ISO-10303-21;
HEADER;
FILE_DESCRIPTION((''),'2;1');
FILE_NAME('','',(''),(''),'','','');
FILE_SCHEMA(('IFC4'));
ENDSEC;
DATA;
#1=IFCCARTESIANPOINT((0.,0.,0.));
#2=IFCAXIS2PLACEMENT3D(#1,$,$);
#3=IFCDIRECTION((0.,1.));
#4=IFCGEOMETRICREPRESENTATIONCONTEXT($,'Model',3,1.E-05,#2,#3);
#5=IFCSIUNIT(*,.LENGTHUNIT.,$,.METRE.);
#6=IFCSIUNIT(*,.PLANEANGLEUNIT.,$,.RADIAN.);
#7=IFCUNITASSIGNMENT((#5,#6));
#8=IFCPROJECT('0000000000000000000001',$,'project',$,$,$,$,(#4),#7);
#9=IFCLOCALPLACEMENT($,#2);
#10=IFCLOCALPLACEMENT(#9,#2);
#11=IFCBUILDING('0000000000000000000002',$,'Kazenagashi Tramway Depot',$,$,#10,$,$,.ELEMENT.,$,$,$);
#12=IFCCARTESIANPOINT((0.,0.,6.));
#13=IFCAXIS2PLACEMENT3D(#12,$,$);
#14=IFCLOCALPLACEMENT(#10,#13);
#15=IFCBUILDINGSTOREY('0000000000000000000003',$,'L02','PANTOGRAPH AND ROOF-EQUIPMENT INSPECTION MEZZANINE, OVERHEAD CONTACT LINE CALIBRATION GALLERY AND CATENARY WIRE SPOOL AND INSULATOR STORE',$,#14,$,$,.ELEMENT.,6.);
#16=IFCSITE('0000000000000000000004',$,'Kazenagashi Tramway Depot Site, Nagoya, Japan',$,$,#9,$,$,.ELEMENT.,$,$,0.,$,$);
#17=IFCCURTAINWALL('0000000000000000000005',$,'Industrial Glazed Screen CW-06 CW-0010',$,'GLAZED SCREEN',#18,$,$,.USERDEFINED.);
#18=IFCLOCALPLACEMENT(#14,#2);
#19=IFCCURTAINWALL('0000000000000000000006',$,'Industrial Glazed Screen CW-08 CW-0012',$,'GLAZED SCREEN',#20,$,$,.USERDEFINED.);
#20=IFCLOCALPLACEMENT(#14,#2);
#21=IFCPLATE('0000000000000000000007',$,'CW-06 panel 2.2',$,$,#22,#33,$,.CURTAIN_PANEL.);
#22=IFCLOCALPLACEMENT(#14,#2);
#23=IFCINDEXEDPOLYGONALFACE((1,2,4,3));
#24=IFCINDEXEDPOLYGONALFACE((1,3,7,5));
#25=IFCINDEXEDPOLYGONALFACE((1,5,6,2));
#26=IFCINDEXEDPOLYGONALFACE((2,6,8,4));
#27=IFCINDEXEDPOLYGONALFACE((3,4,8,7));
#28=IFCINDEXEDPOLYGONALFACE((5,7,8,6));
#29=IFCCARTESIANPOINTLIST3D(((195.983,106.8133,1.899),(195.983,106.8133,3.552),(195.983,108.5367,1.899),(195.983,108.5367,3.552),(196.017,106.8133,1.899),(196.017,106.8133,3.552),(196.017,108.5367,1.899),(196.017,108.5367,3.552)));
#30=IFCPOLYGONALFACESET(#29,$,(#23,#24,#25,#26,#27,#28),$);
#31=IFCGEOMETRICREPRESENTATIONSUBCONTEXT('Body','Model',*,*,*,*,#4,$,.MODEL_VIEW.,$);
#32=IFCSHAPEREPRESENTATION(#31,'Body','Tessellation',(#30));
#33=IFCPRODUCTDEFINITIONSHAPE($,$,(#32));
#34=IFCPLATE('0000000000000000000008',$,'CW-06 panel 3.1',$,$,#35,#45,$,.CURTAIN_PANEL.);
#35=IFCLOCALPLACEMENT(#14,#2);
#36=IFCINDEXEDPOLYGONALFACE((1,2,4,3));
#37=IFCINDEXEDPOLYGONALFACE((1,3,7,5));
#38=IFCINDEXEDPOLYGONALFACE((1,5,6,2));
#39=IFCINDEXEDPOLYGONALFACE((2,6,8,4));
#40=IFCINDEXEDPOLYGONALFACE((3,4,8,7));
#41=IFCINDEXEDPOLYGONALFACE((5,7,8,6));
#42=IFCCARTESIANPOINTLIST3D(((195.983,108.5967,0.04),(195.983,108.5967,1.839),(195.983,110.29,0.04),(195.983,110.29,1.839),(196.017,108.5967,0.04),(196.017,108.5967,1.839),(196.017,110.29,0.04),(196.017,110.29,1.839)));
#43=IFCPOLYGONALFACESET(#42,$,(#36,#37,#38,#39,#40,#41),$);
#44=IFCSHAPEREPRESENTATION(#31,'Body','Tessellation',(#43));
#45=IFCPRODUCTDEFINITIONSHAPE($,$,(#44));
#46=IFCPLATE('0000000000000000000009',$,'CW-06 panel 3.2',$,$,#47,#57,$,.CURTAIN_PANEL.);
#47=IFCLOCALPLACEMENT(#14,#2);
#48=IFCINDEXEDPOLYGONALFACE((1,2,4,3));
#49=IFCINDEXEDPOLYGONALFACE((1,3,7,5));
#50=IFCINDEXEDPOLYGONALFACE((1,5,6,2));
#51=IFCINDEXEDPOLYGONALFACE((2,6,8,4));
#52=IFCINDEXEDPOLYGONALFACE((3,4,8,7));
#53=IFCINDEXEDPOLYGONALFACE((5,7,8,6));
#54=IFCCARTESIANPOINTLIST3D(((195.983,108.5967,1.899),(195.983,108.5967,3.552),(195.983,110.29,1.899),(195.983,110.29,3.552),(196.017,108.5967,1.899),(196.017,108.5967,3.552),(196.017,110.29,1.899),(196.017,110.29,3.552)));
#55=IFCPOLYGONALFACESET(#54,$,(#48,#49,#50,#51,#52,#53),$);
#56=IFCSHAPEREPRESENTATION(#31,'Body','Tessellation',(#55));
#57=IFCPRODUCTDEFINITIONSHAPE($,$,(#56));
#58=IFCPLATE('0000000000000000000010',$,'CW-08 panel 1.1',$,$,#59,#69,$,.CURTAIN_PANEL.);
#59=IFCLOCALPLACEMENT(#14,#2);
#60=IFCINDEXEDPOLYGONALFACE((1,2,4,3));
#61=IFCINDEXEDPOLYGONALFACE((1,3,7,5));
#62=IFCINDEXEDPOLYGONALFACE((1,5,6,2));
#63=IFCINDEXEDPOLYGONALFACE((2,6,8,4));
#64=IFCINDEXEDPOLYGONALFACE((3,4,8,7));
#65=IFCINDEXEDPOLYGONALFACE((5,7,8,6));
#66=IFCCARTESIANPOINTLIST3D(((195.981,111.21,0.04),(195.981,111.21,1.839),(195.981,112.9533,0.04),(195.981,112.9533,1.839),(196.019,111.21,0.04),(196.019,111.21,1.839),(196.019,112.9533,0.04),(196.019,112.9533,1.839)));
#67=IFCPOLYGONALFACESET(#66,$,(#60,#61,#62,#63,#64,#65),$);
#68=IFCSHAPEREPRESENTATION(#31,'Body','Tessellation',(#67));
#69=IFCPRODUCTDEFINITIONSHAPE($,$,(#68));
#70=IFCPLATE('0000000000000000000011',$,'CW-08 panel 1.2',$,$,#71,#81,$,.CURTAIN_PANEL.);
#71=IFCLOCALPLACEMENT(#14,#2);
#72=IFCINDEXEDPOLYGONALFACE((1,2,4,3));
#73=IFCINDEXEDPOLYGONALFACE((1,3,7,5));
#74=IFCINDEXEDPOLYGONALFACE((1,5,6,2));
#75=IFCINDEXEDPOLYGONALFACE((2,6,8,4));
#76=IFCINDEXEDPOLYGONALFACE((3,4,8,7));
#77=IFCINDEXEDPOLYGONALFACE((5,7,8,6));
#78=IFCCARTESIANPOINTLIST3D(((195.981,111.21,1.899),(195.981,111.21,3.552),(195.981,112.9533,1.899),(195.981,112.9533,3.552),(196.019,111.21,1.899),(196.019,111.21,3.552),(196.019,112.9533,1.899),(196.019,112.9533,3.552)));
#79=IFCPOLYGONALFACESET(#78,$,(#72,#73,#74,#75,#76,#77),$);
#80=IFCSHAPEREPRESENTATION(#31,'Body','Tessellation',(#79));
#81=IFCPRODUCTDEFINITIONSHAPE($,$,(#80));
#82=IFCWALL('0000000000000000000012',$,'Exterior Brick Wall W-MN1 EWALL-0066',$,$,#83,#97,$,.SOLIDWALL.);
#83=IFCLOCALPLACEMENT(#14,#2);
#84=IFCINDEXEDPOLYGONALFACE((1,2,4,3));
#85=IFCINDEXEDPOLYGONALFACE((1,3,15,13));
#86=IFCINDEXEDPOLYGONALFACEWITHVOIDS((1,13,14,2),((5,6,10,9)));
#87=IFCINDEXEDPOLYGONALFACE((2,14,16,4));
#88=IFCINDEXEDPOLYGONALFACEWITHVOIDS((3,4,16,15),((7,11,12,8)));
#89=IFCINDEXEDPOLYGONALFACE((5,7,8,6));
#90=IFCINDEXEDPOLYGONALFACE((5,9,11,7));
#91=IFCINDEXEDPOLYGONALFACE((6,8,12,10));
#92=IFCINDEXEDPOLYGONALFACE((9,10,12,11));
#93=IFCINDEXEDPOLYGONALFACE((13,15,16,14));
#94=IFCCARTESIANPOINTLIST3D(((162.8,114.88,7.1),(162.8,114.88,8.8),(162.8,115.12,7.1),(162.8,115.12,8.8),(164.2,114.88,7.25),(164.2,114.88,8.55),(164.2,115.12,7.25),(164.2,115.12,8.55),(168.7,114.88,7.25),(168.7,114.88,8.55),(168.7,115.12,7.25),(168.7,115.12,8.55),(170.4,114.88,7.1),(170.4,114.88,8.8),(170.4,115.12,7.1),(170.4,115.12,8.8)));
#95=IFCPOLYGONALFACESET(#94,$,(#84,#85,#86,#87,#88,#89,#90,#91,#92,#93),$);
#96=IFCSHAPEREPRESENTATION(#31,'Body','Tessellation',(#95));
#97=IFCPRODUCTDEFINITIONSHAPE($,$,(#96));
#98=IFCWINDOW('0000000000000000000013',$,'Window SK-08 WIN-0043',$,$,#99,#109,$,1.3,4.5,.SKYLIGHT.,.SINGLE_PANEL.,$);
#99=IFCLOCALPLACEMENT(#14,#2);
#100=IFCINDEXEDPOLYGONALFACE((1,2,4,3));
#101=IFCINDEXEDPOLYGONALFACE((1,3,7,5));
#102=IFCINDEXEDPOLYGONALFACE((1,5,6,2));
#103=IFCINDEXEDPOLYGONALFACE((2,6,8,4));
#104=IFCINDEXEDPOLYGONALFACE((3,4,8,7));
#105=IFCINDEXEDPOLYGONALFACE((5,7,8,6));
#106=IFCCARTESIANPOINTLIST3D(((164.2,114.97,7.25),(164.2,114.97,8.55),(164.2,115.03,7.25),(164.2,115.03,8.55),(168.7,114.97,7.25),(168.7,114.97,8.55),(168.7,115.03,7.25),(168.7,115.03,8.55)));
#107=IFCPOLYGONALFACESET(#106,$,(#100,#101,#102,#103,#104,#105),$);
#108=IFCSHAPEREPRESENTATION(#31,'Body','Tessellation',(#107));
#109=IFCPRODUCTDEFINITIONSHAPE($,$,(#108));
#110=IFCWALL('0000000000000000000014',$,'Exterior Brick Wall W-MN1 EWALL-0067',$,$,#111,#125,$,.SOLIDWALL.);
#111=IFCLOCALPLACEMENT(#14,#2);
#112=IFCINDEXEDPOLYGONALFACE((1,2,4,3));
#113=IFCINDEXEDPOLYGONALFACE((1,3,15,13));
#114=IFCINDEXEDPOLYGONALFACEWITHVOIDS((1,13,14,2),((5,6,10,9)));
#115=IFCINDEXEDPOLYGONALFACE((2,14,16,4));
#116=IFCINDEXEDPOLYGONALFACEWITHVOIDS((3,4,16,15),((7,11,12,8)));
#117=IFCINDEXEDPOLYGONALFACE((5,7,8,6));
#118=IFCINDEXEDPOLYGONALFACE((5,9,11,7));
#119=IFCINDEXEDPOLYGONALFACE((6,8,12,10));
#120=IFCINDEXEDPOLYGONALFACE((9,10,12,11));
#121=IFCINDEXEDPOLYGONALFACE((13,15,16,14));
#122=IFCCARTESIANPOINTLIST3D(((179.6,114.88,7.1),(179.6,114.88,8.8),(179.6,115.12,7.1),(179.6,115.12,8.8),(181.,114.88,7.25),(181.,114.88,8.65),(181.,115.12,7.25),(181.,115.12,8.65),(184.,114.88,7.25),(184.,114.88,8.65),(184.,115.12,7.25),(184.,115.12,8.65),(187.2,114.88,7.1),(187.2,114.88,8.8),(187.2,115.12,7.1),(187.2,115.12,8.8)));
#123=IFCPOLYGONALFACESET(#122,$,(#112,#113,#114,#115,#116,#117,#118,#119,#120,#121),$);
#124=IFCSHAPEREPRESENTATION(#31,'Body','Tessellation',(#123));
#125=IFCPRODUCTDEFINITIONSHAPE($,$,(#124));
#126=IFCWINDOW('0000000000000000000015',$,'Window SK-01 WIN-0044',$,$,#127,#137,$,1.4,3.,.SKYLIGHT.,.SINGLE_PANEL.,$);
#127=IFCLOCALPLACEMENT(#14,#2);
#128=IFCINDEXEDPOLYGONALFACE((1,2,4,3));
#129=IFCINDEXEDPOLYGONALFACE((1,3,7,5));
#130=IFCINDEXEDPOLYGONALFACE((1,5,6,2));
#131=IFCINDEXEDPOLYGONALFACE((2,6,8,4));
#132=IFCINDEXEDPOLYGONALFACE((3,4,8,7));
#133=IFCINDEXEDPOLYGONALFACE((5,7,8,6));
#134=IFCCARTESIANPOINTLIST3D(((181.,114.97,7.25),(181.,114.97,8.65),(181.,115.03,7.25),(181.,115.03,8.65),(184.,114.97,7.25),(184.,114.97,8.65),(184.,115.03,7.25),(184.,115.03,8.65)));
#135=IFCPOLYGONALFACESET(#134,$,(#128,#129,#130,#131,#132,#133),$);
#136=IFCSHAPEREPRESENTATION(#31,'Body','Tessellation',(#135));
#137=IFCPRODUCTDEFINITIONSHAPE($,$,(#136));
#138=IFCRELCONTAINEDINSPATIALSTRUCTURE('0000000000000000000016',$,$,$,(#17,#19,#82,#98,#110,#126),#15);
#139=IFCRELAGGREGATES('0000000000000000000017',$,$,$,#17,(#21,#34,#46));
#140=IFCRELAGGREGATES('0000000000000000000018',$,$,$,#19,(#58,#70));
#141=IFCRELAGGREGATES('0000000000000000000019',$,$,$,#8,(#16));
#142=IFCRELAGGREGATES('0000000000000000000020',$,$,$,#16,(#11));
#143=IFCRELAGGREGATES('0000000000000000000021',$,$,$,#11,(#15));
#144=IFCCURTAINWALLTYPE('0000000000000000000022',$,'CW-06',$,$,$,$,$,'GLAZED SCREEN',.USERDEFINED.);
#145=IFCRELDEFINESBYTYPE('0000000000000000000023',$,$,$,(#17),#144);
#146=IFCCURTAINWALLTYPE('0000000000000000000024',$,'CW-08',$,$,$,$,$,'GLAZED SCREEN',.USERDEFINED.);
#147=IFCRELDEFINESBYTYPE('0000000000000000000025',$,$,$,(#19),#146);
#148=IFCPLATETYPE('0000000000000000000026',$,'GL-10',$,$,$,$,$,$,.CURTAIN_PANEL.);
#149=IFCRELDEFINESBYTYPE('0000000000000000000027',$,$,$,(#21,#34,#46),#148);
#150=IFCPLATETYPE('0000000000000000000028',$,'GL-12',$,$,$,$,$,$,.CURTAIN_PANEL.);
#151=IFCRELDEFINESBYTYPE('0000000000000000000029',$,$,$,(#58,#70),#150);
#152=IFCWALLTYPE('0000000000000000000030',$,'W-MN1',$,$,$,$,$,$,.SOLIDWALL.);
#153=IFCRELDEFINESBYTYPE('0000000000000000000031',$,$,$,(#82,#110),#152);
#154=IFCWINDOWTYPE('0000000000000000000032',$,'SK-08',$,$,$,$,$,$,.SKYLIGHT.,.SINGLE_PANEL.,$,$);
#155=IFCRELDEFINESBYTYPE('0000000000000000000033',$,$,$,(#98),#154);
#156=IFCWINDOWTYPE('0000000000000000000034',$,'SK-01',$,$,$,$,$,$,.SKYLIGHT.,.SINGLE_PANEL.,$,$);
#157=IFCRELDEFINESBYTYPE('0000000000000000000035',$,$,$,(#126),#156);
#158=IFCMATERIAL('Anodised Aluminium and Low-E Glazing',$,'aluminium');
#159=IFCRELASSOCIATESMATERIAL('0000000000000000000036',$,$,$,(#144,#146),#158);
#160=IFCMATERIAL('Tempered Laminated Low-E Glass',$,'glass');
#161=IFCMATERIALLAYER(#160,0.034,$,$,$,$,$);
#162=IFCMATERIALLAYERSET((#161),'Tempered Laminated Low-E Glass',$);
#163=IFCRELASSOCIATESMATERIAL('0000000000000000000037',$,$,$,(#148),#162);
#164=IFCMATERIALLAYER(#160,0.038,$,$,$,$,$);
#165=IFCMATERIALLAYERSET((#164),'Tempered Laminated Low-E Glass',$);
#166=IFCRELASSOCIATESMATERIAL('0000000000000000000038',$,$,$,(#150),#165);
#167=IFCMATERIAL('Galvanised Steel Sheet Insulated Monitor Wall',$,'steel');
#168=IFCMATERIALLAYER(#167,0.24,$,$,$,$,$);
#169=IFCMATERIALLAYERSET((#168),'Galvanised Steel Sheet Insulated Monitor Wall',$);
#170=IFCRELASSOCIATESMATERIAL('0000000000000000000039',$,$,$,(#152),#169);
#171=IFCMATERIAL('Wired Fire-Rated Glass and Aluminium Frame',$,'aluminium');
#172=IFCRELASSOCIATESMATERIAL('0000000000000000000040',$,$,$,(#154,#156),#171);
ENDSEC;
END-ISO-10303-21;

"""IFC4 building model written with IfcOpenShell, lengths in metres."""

from ifc_helpers import new_model, si_unit, direction, frame, frame_2d, origin, origin_2d, place, context, subcontext, project, spatial, rectangle, extrude, material, layer, layer_set, type_object, element, fill, aggregate, save


model = new_model("IFC4")

# Units and contexts
model_context = context("Model", 3, precision=1e-05, world=origin(), true_north=direction((0.0, 1.0)))
body_context = subcontext(model_context, "Body", "Model", "MODEL_VIEW")
ifc_project = project(units=[si_unit("LENGTHUNIT", "METRE"), si_unit("PLANEANGLEUNIT", "RADIAN")], contexts=[model_context])

# Site, building, storey
site_placement = place(None, origin())
site = spatial("IfcSite", under=ifc_project, at=site_placement, Name="Kazenagashi Tramway Depot Site, Nagoya, Japan", CompositionType="ELEMENT", RefElevation=0.0)
building_placement = place(site_placement, origin())
building = spatial("IfcBuilding", under=site, at=building_placement, Name="Kazenagashi Tramway Depot", CompositionType="ELEMENT")
storey_placement = place(building_placement, frame((0.0, 0.0, 6.0)))
storey = spatial("IfcBuildingStorey", under=building, at=storey_placement, Name="L02", Description="PANTOGRAPH AND ROOF-EQUIPMENT INSPECTION MEZZANINE, OVERHEAD CONTACT LINE CALIBRATION GALLERY AND CATENARY WIRE SPOOL AND INSULATOR STORE", CompositionType="ELEMENT", Elevation=6.0)

# Curtain walls
ifc_material_1 = material(Name="Anodised Aluminium and Low-E Glazing", Category="aluminium")
curtain_wall_type_1 = type_object("IfcCurtainWallType", Name="CW-06", ElementType="GLAZED SCREEN", PredefinedType="USERDEFINED", material=ifc_material_1)
curtain_wall_1_placement = place(storey_placement, origin())
curtain_wall_1 = element("IfcCurtainWall", 1, at=curtain_wall_1_placement, inside=storey, type_object=curtain_wall_type_1, Name="Industrial Glazed Screen CW-06 CW-0010", ObjectType="GLAZED SCREEN", PredefinedType="USERDEFINED")
curtain_wall_type_2 = type_object("IfcCurtainWallType", Name="CW-08", ElementType="GLAZED SCREEN", PredefinedType="USERDEFINED", material=ifc_material_1)
curtain_wall_2_placement = place(storey_placement, origin())
curtain_wall_2 = element("IfcCurtainWall", 2, at=curtain_wall_2_placement, inside=storey, type_object=curtain_wall_type_2, Name="Industrial Glazed Screen CW-08 CW-0012", ObjectType="GLAZED SCREEN", PredefinedType="USERDEFINED")

# Plates
ifc_material_2 = material(Name="Tempered Laminated Low-E Glass", Category="glass")
ifc_layer_1 = layer(ifc_material_2, 0.034)
ifc_layer_set_1 = layer_set([ifc_layer_1], Name="Tempered Laminated Low-E Glass")
plate_type_1 = type_object("IfcPlateType", Name="GL-10", PredefinedType="CURTAIN_PANEL", material=ifc_layer_set_1)
plate_1_placement = place(storey_placement, frame((196.0, 107.675, 1.899), z_axis=(0.0, 0.0, 1.0), x_axis=(0.0, 1.0, 0.0)))
plate_1 = element("IfcPlate", 3, at=plate_1_placement, type_object=plate_type_1, Name="CW-06 panel 2.2", PredefinedType="CURTAIN_PANEL", context=body_context, shape_type="SweptSolid", body=[
    extrude(rectangle(XDim=1.7233, YDim=0.034, at=origin_2d()), origin(), (0.0, 0.0, 1.0), 1.653),
])
plate_2_placement = place(storey_placement, frame((196.0, 109.4433, 0.04), z_axis=(0.0, 0.0, 1.0), x_axis=(0.0, 1.0, 0.0)))
plate_2 = element("IfcPlate", 4, at=plate_2_placement, type_object=plate_type_1, Name="CW-06 panel 3.1", PredefinedType="CURTAIN_PANEL", context=body_context, shape_type="SweptSolid", body=[
    extrude(rectangle(XDim=1.6933, YDim=0.034, at=origin_2d()), origin(), (0.0, 0.0, 1.0), 1.799),
])
plate_3_placement = place(storey_placement, frame((196.0, 109.4433, 1.899), z_axis=(0.0, 0.0, 1.0), x_axis=(0.0, 1.0, 0.0)))
plate_3 = element("IfcPlate", 5, at=plate_3_placement, type_object=plate_type_1, Name="CW-06 panel 3.2", PredefinedType="CURTAIN_PANEL", context=body_context, shape_type="SweptSolid", body=[
    extrude(rectangle(XDim=1.6933, YDim=0.034, at=origin_2d()), origin(), (0.0, 0.0, 1.0), 1.653),
])
aggregate(curtain_wall_1, [plate_1, plate_2, plate_3])
ifc_layer_2 = layer(ifc_material_2, 0.038)
ifc_layer_set_2 = layer_set([ifc_layer_2], Name="Tempered Laminated Low-E Glass")
plate_type_2 = type_object("IfcPlateType", Name="GL-12", PredefinedType="CURTAIN_PANEL", material=ifc_layer_set_2)
plate_4_placement = place(storey_placement, frame((196.0, 112.0817, 0.04), z_axis=(0.0, 0.0, 1.0), x_axis=(0.0, 1.0, 0.0)))
plate_4 = element("IfcPlate", 6, at=plate_4_placement, type_object=plate_type_2, Name="CW-08 panel 1.1", PredefinedType="CURTAIN_PANEL", context=body_context, shape_type="SweptSolid", body=[
    extrude(rectangle(XDim=1.7433, YDim=0.038, at=origin_2d()), origin(), (0.0, 0.0, 1.0), 1.799),
])
plate_5_placement = place(storey_placement, frame((196.0, 112.0817, 1.899), z_axis=(0.0, 0.0, 1.0), x_axis=(0.0, 1.0, 0.0)))
plate_5 = element("IfcPlate", 7, at=plate_5_placement, type_object=plate_type_2, Name="CW-08 panel 1.2", PredefinedType="CURTAIN_PANEL", context=body_context, shape_type="SweptSolid", body=[
    extrude(rectangle(XDim=1.7433, YDim=0.038, at=origin_2d()), origin(), (0.0, 0.0, 1.0), 1.653),
])
aggregate(curtain_wall_2, [plate_4, plate_5])

# Walls, openings, windows
ifc_material_3 = material(Name="Galvanised Steel Sheet Insulated Monitor Wall", Category="steel")
ifc_layer_3 = layer(ifc_material_3, 0.24)
ifc_layer_set_3 = layer_set([ifc_layer_3], Name="Galvanised Steel Sheet Insulated Monitor Wall")
wall_type = type_object("IfcWallType", Name="W-MN1", PredefinedType="SOLIDWALL", material=ifc_layer_set_3)
wall_1_placement = place(storey_placement, frame((162.8, 115.0, 7.1), z_axis=(0.0, 0.0, 1.0), x_axis=(1.0, 0.0, 0.0)))
wall_1 = element("IfcWall", 8, at=wall_1_placement, inside=storey, type_object=wall_type, Name="Exterior Brick Wall W-MN1 EWALL-0066", PredefinedType="SOLIDWALL", context=body_context, shape_type="SweptSolid", body=[
    extrude(rectangle(XDim=7.6, YDim=0.24, at=frame_2d((3.8, 0.0))), origin(), (0.0, 0.0, 1.0), 1.7),
])
opening_1_placement = place(wall_1_placement, frame((1.4, 0.0, 0.15)))
opening_1 = element("IfcOpeningElement", 9, at=opening_1_placement, cuts=wall_1, PredefinedType="OPENING", context=body_context, shape_type="SweptSolid", body=[
    extrude(rectangle(XDim=4.5, YDim=1.3, at=frame_2d((2.25, 0.65))), frame((0.0, 0.13, 0.0), z_axis=(0.0, -1.0, 0.0), x_axis=(1.0, 0.0, 0.0)), (0.0, 0.0, 1.0), 0.26),
])
ifc_material_4 = material(Name="Wired Fire-Rated Glass and Aluminium Frame", Category="aluminium")
window_type_1 = type_object("IfcWindowType", Name="SK-08", PartitioningType="SINGLE_PANEL", PredefinedType="SKYLIGHT", material=ifc_material_4)
window_1_placement = place(opening_1_placement, origin())
window_1 = element("IfcWindow", 10, at=window_1_placement, inside=storey, type_object=window_type_1, Name="Window SK-08 WIN-0043", OverallHeight=1.3, OverallWidth=4.5, PartitioningType="SINGLE_PANEL", PredefinedType="SKYLIGHT", context=body_context, shape_type="SweptSolid", body=[
    extrude(rectangle(XDim=4.5, YDim=1.3, at=frame_2d((2.25, 0.65))), frame((0.0, 0.03, 0.0), z_axis=(0.0, -1.0, 0.0), x_axis=(1.0, 0.0, 0.0)), (0.0, 0.0, 1.0), 0.06),
])
fill(opening_1, window_1)
wall_2_placement = place(storey_placement, frame((179.6, 115.0, 7.1), z_axis=(0.0, 0.0, 1.0), x_axis=(1.0, 0.0, 0.0)))
wall_2 = element("IfcWall", 11, at=wall_2_placement, inside=storey, type_object=wall_type, Name="Exterior Brick Wall W-MN1 EWALL-0067", PredefinedType="SOLIDWALL", context=body_context, shape_type="SweptSolid", body=[
    extrude(rectangle(XDim=7.6, YDim=0.24, at=frame_2d((3.8, 0.0))), origin(), (0.0, 0.0, 1.0), 1.7),
])
opening_2_placement = place(wall_2_placement, frame((1.4, 0.0, 0.15)))
opening_2 = element("IfcOpeningElement", 12, at=opening_2_placement, cuts=wall_2, PredefinedType="OPENING", context=body_context, shape_type="SweptSolid", body=[
    extrude(rectangle(XDim=3.0, YDim=1.4, at=frame_2d((1.5, 0.7))), frame((0.0, 0.13, 0.0), z_axis=(0.0, -1.0, 0.0), x_axis=(1.0, 0.0, 0.0)), (0.0, 0.0, 1.0), 0.26),
])
window_type_2 = type_object("IfcWindowType", Name="SK-01", PartitioningType="SINGLE_PANEL", PredefinedType="SKYLIGHT", material=ifc_material_4)
window_2_placement = place(opening_2_placement, origin())
window_2 = element("IfcWindow", 13, at=window_2_placement, inside=storey, type_object=window_type_2, Name="Window SK-01 WIN-0044", OverallHeight=1.4, OverallWidth=3.0, PartitioningType="SINGLE_PANEL", PredefinedType="SKYLIGHT", context=body_context, shape_type="SweptSolid", body=[
    extrude(rectangle(XDim=3.0, YDim=1.4, at=frame_2d((1.5, 0.7))), frame((0.0, 0.03, 0.0), z_axis=(0.0, -1.0, 0.0), x_axis=(1.0, 0.0, 0.0)), (0.0, 0.0, 1.0), 0.06),
])
fill(opening_2, window_2)

save(model, "model.ifc")
